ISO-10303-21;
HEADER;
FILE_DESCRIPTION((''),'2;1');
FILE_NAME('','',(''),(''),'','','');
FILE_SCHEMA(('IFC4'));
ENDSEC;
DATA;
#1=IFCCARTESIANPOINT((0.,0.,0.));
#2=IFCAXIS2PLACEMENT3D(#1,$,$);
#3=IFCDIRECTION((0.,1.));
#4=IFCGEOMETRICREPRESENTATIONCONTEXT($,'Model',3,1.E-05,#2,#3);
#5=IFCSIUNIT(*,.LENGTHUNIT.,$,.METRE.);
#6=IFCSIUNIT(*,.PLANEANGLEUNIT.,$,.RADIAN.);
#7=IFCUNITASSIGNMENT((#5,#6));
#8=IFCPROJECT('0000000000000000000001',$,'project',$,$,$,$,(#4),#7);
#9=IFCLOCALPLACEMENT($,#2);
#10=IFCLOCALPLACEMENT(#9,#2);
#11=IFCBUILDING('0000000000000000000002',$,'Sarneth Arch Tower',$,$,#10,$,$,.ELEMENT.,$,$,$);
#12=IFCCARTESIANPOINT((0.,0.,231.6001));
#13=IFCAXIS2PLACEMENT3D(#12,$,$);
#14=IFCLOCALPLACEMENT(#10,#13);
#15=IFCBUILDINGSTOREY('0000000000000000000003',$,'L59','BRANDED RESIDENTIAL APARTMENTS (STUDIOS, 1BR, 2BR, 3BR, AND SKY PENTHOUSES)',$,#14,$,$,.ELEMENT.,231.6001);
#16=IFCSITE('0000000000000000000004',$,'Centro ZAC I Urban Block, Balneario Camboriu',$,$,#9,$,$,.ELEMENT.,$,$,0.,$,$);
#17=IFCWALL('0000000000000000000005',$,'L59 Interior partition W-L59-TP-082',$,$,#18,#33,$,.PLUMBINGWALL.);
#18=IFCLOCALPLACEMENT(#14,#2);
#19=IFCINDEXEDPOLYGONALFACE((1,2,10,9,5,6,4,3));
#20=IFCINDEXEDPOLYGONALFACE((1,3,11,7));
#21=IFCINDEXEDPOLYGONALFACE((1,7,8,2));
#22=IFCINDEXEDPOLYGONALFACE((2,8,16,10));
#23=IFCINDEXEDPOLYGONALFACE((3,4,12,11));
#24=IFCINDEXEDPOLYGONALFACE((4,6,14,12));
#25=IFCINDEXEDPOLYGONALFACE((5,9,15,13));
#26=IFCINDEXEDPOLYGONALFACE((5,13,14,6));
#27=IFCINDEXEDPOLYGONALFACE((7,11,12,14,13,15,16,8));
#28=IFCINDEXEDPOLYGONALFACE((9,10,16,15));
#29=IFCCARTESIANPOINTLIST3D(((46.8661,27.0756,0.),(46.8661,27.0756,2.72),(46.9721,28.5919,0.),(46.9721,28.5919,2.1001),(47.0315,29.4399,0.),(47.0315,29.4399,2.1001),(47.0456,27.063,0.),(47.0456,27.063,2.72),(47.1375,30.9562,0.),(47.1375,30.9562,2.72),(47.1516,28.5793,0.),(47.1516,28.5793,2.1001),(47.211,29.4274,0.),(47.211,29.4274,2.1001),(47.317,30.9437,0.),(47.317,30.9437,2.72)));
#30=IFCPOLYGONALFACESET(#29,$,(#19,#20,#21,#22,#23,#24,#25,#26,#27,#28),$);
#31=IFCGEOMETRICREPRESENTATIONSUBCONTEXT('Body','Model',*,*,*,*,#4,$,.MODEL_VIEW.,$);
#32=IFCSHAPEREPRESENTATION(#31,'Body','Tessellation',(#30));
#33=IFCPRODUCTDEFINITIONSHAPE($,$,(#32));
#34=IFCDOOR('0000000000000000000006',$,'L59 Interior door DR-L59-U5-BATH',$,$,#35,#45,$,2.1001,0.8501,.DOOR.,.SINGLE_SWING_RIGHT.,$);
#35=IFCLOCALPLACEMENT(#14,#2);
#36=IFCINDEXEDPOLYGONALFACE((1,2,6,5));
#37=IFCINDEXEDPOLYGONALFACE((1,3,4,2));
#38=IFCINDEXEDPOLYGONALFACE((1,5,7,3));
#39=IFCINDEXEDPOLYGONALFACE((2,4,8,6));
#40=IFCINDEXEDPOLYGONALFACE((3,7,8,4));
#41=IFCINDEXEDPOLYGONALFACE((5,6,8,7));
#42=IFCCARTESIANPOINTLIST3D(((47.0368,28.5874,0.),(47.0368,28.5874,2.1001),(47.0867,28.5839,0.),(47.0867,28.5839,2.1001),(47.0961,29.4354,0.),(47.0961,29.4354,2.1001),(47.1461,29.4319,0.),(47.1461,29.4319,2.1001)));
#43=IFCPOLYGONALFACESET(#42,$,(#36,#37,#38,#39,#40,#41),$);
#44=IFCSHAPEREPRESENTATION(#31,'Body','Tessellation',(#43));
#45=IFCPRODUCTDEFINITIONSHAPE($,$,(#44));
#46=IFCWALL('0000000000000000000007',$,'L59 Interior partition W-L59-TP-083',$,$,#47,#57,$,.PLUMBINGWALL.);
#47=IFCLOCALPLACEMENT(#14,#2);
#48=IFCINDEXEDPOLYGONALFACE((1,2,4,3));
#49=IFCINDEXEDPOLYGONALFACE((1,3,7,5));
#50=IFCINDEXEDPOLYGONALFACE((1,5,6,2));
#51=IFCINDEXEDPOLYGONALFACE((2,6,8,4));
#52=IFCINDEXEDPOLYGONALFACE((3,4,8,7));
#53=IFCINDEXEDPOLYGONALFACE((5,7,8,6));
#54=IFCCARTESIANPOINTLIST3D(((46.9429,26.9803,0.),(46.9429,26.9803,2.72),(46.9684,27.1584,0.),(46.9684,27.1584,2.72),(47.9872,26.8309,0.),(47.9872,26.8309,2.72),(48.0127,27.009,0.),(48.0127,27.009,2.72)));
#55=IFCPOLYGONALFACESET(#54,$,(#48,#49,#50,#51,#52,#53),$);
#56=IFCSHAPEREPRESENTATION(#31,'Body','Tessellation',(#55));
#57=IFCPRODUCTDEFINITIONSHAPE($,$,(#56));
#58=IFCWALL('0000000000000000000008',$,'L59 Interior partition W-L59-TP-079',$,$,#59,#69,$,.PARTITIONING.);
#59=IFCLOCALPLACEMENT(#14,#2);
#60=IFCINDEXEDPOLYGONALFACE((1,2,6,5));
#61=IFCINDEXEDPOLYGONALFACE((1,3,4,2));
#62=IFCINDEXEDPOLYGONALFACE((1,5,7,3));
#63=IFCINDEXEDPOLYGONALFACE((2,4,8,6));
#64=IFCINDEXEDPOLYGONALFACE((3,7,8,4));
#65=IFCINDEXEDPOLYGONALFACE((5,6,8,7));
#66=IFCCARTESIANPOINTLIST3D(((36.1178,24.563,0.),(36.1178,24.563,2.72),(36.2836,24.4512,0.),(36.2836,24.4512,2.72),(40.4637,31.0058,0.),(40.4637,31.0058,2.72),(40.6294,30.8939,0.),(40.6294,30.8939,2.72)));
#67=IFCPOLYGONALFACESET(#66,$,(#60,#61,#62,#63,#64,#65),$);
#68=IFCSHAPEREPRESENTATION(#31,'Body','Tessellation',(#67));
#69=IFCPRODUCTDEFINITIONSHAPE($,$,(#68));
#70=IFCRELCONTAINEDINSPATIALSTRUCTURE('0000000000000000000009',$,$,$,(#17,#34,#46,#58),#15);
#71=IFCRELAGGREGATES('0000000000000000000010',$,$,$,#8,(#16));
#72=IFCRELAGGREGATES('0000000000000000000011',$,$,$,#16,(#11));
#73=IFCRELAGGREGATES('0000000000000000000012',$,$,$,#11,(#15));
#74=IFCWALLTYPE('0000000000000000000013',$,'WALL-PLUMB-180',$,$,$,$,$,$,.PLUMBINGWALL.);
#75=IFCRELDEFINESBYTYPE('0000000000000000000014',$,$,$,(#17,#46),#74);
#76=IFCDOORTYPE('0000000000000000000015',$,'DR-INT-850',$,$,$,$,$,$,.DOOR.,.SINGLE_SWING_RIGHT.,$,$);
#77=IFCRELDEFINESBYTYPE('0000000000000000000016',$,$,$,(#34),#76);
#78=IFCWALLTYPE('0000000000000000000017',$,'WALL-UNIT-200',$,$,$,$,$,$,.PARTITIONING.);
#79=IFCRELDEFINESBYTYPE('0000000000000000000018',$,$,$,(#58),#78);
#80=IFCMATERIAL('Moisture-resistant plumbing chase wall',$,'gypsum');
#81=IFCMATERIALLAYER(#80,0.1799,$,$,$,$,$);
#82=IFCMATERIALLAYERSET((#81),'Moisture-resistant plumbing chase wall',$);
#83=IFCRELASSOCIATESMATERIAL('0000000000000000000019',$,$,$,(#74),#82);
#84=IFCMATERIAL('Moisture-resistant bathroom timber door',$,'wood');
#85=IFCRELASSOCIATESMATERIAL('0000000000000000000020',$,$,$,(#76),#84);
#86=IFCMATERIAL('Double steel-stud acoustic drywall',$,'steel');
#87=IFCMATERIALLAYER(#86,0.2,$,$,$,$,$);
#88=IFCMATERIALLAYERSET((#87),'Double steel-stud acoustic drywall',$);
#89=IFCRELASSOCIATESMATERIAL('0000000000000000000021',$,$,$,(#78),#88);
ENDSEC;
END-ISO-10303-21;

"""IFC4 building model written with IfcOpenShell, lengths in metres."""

from ifc_helpers import new_model, si_unit, direction, frame, frame_2d, origin, place, context, subcontext, project, spatial, rectangle, extrude, material, layer, layer_set, type_object, element, fill, save


model = new_model("IFC4")

# Units and contexts
model_context = context("Model", 3, precision=1e-05, world=origin(), true_north=direction((0.0, 1.0)))
body_context = subcontext(model_context, "Body", "Model", "MODEL_VIEW")
ifc_project = project(units=[si_unit("LENGTHUNIT", "METRE"), si_unit("PLANEANGLEUNIT", "RADIAN")], contexts=[model_context])

# Site, building, storey
site_placement = place(None, origin())
site = spatial("IfcSite", under=ifc_project, at=site_placement, Name="Centro ZAC I Urban Block, Balneario Camboriu", CompositionType="ELEMENT", RefElevation=0.0)
building_placement = place(site_placement, origin())
building = spatial("IfcBuilding", under=site, at=building_placement, Name="Sarneth Arch Tower", CompositionType="ELEMENT")
storey_placement = place(building_placement, frame((0.0, 0.0, 231.6001)))
storey = spatial("IfcBuildingStorey", under=building, at=storey_placement, Name="L59", Description="BRANDED RESIDENTIAL APARTMENTS (STUDIOS, 1BR, 2BR, 3BR, AND SKY PENTHOUSES)", CompositionType="ELEMENT", Elevation=231.6001)

# Wall, opening, door
ifc_material_1 = material(Name="Moisture-resistant plumbing chase wall", Category="gypsum")
ifc_layer_1 = layer(ifc_material_1, 0.1799)
ifc_layer_set_1 = layer_set([ifc_layer_1], Name="Moisture-resistant plumbing chase wall")
wall_type_1 = type_object("IfcWallType", Name="WALL-PLUMB-180", PredefinedType="PLUMBINGWALL", material=ifc_layer_set_1)
wall_1_placement = place(storey_placement, frame((47.2273, 30.95, 0.0), z_axis=(0.0, 0.0, 1.0), x_axis=(-0.069789, -0.997562, 0.0)))
wall_1 = element("IfcWall", 1, at=wall_1_placement, inside=storey, type_object=wall_type_1, Name="L59 Interior partition W-L59-TP-082", PredefinedType="PLUMBINGWALL", context=body_context, shape_type="SweptSolid", body=[
    extrude(rectangle(XDim=3.8901, YDim=0.1799, at=frame_2d((1.9451, 0.0))), origin(), (0.0, 0.0, 1.0), 2.72),
])
opening_1_placement = place(wall_1_placement, frame((1.52, 0.0, 0.0)))
opening_1 = element("IfcOpeningElement", 2, at=opening_1_placement, cuts=wall_1, PredefinedType="OPENING", context=body_context, shape_type="SweptSolid", body=[
    extrude(rectangle(XDim=0.8501, YDim=2.1001, at=frame_2d((0.425, 1.05))), frame((0.0, 0.0999, 0.0), z_axis=(0.0, -1.0, 0.0), x_axis=(1.0, 0.0, 0.0)), (0.0, 0.0, 1.0), 0.2),
])
ifc_material_2 = material(Name="Moisture-resistant bathroom timber door", Category="wood")
door_type_1 = type_object("IfcDoorType", Name="DR-INT-850", OperationType="SINGLE_SWING_RIGHT", PredefinedType="DOOR", material=ifc_material_2)
door_1_placement = place(opening_1_placement, origin())
door_1 = element("IfcDoor", 3, at=door_1_placement, inside=storey, type_object=door_type_1, Name="L59 Interior door DR-L59-U5-BATH", OperationType="SINGLE_SWING_RIGHT", OverallHeight=2.1001, OverallWidth=0.8501, PredefinedType="DOOR", context=body_context, shape_type="SweptSolid", body=[
    extrude(rectangle(XDim=0.8501, YDim=2.1001, at=frame_2d((0.425, 1.05))), frame((0.0, 0.0249, 0.0), z_axis=(0.0, -1.0, 0.0), x_axis=(1.0, 0.0, 0.0)), (0.0, 0.0, 1.0), 0.05),
])
fill(opening_1, door_1)

# Walls
wall_2_placement = place(storey_placement, frame((46.9558, 27.0693, 0.0), z_axis=(0.0, 0.0, 1.0), x_axis=(0.989917, -0.141648, 0.0)))
element("IfcWall", 4, at=wall_2_placement, inside=storey, type_object=wall_type_1, Name="L59 Interior partition W-L59-TP-083", PredefinedType="PLUMBINGWALL", context=body_context, shape_type="SweptSolid", body=[
    extrude(rectangle(XDim=1.0549, YDim=0.1799, at=frame_2d((0.5273, 0.0))), origin(), (0.0, 0.0, 1.0), 2.72),
])
ifc_material_3 = material(Name="Double steel-stud acoustic drywall", Category="steel")
ifc_layer_2 = layer(ifc_material_3, 0.2)
ifc_layer_set_2 = layer_set([ifc_layer_2], Name="Double steel-stud acoustic drywall")
wall_type_2 = type_object("IfcWallType", Name="WALL-UNIT-200", PredefinedType="PARTITIONING", material=ifc_layer_set_2)
wall_3_placement = place(storey_placement, frame((36.2007, 24.5071, 0.0), z_axis=(0.0, 0.0, 1.0), x_axis=(0.559208, 0.829027, 0.0)))
element("IfcWall", 5, at=wall_3_placement, inside=storey, type_object=wall_type_2, Name="L59 Interior partition W-L59-TP-079", PredefinedType="PARTITIONING", context=body_context, shape_type="SweptSolid", body=[
    extrude(rectangle(XDim=7.7715, YDim=0.2, at=frame_2d((3.8857, 0.0))), origin(), (0.0, 0.0, 1.0), 2.72),
])

save(model, "model.ifc")
